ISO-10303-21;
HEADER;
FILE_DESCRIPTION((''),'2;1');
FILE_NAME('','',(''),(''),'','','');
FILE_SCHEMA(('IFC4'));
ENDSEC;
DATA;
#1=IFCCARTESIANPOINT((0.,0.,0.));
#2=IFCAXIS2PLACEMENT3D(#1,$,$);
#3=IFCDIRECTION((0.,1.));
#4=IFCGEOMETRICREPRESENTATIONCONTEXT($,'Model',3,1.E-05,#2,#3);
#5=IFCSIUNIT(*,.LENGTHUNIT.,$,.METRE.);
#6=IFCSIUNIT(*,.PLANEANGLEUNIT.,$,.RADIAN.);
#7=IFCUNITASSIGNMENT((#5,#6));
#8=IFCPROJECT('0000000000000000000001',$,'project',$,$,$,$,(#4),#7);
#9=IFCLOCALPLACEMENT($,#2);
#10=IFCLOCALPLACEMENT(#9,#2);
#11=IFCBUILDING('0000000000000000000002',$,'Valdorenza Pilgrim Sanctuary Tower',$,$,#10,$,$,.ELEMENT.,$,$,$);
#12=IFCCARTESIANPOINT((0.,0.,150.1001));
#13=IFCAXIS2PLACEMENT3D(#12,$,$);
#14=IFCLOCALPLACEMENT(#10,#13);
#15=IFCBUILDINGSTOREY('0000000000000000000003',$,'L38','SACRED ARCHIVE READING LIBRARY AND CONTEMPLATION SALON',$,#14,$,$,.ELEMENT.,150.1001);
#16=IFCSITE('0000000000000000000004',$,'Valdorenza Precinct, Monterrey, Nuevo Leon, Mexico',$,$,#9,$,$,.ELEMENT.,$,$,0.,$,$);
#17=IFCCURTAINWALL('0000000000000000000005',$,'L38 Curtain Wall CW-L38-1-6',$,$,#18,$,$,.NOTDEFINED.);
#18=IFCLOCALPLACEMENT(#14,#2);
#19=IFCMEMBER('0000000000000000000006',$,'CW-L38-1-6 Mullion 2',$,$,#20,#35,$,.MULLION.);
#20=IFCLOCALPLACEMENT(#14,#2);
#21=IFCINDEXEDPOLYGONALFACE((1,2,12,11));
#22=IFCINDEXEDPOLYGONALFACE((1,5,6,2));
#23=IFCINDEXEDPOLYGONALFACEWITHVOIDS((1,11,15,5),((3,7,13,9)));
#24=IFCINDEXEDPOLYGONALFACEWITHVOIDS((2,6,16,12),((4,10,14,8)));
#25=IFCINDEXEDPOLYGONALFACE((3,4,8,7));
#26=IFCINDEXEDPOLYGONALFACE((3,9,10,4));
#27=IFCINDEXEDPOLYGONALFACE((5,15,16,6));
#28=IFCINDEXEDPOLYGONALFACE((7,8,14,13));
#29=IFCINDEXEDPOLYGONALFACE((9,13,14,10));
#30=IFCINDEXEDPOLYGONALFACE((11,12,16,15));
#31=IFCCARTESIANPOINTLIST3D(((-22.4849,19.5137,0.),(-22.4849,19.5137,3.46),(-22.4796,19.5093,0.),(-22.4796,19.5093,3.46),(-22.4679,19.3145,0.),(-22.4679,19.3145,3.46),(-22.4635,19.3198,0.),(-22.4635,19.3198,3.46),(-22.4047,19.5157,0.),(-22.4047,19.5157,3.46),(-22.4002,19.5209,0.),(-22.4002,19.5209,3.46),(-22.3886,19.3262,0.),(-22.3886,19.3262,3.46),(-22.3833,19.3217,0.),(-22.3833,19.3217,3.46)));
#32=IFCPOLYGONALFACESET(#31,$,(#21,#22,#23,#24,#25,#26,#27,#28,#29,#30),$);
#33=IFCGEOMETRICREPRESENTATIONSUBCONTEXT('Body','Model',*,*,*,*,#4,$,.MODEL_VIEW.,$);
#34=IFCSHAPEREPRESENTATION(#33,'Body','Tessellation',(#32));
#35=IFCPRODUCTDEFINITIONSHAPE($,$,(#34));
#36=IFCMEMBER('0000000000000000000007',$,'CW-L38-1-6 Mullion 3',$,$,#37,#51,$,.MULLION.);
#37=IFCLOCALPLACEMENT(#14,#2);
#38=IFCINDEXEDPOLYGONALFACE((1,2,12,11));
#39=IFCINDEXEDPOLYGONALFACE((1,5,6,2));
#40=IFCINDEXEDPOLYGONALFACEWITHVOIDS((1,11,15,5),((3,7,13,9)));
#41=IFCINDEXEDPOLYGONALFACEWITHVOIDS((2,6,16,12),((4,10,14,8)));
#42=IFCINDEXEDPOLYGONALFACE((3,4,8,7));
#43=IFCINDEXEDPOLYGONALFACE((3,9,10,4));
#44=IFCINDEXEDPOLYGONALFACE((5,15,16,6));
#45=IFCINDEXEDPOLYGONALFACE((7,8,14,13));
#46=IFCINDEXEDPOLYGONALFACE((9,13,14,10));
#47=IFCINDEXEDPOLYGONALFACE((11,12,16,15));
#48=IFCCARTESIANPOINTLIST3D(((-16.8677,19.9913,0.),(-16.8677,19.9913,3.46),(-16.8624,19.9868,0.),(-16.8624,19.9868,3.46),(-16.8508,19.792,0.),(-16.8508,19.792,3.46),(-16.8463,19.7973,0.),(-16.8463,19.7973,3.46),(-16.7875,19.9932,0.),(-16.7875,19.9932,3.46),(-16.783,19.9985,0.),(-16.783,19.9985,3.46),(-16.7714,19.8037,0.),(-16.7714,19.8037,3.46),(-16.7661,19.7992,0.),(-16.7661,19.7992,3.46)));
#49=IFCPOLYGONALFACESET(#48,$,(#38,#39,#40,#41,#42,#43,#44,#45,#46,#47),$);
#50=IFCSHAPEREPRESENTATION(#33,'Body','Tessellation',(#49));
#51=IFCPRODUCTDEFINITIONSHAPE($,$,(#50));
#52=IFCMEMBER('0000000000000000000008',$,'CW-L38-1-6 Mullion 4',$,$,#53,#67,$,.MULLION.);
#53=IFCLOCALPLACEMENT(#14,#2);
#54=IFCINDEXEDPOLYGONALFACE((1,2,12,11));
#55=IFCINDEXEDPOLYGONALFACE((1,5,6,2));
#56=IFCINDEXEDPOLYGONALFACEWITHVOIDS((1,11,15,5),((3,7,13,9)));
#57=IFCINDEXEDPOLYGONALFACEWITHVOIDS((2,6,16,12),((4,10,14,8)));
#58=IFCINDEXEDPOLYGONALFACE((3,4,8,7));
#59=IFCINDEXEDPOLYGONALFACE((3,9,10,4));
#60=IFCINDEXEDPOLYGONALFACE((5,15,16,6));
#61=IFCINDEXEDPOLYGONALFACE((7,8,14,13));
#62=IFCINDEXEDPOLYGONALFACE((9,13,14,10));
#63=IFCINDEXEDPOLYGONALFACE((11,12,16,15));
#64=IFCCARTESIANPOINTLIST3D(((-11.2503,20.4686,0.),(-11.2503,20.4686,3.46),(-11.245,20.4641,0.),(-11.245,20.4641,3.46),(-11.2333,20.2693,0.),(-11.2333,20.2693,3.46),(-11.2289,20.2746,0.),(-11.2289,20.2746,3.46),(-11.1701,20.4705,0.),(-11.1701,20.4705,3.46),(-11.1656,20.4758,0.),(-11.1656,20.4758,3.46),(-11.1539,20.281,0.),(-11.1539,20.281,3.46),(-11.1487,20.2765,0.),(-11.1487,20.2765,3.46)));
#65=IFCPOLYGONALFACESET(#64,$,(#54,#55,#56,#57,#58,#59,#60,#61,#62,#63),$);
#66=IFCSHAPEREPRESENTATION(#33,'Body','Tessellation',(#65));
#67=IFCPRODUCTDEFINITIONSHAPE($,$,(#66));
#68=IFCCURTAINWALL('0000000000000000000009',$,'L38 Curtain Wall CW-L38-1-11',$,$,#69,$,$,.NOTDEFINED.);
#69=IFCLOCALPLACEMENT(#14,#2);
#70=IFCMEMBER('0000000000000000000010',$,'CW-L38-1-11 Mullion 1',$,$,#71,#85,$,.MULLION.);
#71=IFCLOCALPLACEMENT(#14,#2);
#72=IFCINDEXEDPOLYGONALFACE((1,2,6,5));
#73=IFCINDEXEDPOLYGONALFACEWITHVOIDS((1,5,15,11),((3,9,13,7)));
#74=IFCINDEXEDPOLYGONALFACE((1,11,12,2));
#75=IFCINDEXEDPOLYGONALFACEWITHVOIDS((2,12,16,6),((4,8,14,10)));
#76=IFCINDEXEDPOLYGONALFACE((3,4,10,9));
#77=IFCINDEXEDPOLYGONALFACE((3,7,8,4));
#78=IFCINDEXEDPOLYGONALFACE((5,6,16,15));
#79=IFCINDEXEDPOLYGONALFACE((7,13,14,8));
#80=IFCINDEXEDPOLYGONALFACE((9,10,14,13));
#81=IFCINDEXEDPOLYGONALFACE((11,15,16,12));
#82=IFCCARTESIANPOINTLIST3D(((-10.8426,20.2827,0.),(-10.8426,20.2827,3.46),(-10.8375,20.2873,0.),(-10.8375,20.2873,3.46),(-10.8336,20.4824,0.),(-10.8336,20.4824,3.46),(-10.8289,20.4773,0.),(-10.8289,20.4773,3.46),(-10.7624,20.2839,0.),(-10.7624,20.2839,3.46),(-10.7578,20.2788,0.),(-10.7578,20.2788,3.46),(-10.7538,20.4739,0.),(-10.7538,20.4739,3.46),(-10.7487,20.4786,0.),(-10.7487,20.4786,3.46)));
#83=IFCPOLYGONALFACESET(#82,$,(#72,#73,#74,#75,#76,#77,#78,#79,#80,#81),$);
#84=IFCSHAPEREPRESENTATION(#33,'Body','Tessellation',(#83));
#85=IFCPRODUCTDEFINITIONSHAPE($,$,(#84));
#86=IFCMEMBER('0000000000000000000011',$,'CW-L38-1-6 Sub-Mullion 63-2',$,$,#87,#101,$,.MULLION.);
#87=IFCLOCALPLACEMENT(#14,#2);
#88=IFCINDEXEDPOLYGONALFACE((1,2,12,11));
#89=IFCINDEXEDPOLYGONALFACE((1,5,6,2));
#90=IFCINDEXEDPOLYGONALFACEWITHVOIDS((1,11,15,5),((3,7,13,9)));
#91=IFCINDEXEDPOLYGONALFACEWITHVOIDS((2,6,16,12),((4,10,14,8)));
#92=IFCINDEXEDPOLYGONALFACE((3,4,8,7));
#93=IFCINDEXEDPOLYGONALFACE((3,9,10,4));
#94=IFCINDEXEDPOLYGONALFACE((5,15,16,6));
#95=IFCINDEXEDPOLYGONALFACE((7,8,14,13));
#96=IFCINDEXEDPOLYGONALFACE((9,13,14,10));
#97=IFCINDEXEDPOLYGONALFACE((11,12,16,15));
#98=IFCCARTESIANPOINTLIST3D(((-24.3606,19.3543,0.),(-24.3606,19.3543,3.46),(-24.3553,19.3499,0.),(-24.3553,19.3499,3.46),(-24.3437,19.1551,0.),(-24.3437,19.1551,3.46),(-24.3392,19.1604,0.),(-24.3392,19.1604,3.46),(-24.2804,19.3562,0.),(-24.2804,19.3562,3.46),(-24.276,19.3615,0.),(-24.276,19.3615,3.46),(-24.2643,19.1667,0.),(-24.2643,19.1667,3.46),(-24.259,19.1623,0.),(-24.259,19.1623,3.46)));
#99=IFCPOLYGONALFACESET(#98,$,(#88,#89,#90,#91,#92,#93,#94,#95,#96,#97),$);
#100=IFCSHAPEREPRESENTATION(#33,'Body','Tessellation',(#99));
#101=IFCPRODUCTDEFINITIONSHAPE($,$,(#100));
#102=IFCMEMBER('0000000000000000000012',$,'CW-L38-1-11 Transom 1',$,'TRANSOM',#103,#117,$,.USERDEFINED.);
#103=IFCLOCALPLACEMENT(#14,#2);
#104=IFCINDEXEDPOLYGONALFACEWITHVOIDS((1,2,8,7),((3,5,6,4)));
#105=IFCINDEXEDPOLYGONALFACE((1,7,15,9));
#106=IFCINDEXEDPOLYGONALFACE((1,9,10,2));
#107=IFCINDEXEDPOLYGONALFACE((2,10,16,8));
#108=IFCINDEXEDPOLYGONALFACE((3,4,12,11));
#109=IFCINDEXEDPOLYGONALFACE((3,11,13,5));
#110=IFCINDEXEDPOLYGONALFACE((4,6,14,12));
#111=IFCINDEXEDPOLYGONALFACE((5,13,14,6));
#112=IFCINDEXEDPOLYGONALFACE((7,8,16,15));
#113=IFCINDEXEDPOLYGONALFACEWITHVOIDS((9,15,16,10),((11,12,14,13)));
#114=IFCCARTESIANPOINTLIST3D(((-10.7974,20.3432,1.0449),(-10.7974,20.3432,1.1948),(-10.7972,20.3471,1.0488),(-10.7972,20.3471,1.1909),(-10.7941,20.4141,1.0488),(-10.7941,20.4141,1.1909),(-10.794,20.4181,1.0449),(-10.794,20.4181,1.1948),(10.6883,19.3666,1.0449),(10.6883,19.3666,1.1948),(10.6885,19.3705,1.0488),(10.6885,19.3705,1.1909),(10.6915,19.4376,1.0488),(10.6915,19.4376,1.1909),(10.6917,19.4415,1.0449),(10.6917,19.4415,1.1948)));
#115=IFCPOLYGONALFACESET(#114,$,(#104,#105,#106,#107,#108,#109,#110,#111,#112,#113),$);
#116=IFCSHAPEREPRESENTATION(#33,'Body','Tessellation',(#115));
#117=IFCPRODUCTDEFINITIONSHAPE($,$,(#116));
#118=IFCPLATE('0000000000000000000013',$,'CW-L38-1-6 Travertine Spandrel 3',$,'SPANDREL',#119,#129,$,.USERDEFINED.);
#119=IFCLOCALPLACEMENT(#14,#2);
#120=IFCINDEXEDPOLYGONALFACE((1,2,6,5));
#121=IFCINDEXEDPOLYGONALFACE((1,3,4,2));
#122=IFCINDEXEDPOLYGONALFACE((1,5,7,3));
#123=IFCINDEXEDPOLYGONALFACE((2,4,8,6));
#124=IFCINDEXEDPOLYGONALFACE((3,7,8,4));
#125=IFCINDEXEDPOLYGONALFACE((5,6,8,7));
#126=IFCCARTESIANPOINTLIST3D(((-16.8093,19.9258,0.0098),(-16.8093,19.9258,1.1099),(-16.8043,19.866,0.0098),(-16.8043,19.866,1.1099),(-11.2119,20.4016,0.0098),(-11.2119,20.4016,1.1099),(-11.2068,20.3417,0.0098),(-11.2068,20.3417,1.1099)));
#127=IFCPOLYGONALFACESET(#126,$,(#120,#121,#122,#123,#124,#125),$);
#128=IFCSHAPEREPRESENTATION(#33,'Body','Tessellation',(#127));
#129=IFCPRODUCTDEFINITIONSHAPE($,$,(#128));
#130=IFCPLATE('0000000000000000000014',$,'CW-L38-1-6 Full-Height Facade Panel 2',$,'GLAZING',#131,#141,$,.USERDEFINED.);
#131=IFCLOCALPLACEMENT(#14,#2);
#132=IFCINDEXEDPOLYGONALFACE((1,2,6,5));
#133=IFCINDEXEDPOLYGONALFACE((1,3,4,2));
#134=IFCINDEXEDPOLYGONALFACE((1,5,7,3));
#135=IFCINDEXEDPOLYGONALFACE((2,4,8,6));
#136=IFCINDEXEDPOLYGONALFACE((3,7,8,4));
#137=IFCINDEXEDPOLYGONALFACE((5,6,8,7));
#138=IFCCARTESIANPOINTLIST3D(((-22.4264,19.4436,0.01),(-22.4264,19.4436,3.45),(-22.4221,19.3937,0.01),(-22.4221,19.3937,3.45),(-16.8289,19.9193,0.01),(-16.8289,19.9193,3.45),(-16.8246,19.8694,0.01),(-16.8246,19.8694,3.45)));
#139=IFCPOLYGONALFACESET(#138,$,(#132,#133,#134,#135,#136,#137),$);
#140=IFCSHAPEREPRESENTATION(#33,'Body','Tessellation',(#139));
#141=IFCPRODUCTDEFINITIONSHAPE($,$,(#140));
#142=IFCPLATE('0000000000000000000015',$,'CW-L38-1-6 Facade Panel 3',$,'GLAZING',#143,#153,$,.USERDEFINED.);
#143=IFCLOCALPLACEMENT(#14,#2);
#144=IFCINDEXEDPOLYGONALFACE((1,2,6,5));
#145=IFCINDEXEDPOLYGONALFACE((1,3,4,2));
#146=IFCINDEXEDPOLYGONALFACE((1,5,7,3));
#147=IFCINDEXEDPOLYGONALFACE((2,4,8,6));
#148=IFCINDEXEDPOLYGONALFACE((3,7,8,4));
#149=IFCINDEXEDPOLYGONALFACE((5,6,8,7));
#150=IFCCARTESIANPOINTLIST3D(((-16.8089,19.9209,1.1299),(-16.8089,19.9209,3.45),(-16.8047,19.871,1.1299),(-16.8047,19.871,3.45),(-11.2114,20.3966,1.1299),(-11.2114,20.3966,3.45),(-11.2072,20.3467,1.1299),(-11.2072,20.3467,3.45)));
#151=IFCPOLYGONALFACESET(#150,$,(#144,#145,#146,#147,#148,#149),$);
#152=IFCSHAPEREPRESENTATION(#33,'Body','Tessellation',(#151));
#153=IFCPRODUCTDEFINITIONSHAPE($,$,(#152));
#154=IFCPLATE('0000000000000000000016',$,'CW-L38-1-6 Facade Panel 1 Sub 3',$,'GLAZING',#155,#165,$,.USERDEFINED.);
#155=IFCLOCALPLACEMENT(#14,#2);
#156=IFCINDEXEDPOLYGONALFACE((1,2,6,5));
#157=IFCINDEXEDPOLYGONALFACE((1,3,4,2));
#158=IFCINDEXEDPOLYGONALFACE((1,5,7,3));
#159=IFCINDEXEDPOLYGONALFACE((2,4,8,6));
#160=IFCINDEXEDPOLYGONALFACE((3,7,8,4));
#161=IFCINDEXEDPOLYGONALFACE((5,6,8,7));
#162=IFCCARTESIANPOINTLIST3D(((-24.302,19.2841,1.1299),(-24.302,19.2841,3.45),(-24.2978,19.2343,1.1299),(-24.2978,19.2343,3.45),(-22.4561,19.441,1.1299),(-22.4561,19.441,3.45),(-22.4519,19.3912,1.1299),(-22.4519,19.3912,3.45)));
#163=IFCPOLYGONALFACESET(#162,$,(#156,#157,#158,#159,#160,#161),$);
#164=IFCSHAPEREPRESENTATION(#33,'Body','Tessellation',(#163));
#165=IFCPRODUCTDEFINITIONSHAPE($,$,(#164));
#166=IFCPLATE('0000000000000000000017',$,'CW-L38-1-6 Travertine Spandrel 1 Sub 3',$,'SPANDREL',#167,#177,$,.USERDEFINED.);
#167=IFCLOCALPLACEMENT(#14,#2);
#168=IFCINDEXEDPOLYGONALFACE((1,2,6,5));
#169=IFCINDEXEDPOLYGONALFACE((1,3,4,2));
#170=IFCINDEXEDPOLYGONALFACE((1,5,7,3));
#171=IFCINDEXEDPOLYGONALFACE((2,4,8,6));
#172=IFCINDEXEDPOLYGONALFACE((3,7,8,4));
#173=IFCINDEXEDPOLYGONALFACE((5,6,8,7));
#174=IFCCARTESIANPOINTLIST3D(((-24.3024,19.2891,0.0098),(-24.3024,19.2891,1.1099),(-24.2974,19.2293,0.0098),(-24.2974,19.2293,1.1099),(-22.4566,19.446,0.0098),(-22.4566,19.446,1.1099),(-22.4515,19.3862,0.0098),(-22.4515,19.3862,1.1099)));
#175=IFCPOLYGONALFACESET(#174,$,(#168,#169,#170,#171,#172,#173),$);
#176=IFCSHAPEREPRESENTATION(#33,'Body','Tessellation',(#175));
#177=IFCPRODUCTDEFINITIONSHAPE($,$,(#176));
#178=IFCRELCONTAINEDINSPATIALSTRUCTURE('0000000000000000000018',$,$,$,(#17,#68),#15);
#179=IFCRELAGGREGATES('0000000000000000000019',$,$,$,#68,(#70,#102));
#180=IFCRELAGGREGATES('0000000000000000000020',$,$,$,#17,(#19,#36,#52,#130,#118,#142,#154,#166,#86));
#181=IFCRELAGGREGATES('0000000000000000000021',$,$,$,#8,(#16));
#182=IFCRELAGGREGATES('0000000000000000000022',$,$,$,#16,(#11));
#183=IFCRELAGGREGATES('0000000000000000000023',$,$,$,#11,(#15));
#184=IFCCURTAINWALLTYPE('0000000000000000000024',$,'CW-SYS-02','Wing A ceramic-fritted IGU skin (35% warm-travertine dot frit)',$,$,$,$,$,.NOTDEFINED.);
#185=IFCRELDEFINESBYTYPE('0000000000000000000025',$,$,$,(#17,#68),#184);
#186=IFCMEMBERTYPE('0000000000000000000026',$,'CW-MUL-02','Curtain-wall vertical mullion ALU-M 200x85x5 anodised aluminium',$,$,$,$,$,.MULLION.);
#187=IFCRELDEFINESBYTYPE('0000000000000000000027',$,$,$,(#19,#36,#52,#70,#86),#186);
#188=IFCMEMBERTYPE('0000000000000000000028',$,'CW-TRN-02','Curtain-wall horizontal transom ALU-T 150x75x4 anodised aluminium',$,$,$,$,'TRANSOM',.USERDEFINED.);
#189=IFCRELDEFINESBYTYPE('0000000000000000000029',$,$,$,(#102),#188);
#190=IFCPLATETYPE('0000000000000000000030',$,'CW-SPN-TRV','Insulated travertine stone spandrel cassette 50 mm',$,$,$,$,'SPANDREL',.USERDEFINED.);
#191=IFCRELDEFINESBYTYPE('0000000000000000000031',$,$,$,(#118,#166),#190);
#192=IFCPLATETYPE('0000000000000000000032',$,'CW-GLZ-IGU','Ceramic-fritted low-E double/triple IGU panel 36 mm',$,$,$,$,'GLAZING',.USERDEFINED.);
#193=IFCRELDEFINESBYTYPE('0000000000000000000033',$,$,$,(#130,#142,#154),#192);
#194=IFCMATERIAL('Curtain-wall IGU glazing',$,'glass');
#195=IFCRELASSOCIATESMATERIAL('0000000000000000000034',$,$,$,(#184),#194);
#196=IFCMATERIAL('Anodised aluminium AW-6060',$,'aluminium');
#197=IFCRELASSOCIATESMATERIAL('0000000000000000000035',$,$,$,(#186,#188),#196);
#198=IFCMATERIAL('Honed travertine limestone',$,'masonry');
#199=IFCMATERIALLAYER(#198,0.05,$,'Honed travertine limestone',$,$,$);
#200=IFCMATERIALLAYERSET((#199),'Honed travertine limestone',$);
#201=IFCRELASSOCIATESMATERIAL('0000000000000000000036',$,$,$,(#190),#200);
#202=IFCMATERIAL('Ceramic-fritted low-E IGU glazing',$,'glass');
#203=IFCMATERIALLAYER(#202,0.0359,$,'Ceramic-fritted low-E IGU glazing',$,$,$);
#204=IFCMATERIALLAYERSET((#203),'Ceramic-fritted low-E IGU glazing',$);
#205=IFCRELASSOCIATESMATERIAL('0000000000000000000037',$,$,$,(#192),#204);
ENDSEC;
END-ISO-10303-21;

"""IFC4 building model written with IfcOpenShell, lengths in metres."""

from ifc_helpers import new_model, si_unit, direction, frame, origin, origin_2d, place, context, subcontext, project, spatial, rectangle, hollow_rectangle, extrude, source, transform, mapped, material, layer, layer_set, material_profile, profile_set, type_object, element, aggregate, save


model = new_model("IFC4")

# Units and contexts
model_context = context("Model", 3, precision=1e-05, world=origin(), true_north=direction((0.0, 1.0)))
body_context = subcontext(model_context, "Body", "Model", "MODEL_VIEW")
ifc_project = project(units=[si_unit("LENGTHUNIT", "METRE"), si_unit("PLANEANGLEUNIT", "RADIAN")], contexts=[model_context])

# Site, building, storey
site_placement = place(None, origin())
site = spatial("IfcSite", under=ifc_project, at=site_placement, Name="Valdorenza Precinct, Monterrey, Nuevo Leon, Mexico", CompositionType="ELEMENT", RefElevation=0.0)
building_placement = place(site_placement, origin())
building = spatial("IfcBuilding", under=site, at=building_placement, Name="Valdorenza Pilgrim Sanctuary Tower", CompositionType="ELEMENT")
storey_placement = place(building_placement, frame((0.0, 0.0, 150.1001)))
storey = spatial("IfcBuildingStorey", under=building, at=storey_placement, Name="L38", Description="SACRED ARCHIVE READING LIBRARY AND CONTEMPLATION SALON", CompositionType="ELEMENT", Elevation=150.1001)

# Curtain wall, members
ifc_material_1 = material(Name="Curtain-wall IGU glazing", Category="glass")
curtain_wall_type = type_object("IfcCurtainWallType", Name="CW-SYS-02", Description="Wing A ceramic-fritted IGU skin (35% warm-travertine dot frit)", PredefinedType="NOTDEFINED", material=ifc_material_1)
curtain_wall_1_placement = place(storey_placement, origin())
curtain_wall_1 = element("IfcCurtainWall", 1, at=curtain_wall_1_placement, inside=storey, type_object=curtain_wall_type, Name="L38 Curtain Wall CW-L38-1-6", PredefinedType="NOTDEFINED")
ifc_material_2 = material(Name="Anodised aluminium AW-6060", Category="aluminium")
ifc_material_profile_1 = material_profile(ifc_material_2, hollow_rectangle(XDim=0.085, YDim=0.2, WallThickness=0.0049, at=origin_2d()), Name="ALU-M 200x85x5")
ifc_profile_set_1 = profile_set([ifc_material_profile_1], Name="Anodised aluminium AW-6060")
member_type_1 = type_object("IfcMemberType", Name="CW-MUL-02", Description="Curtain-wall vertical mullion ALU-M 200x85x5 anodised aluminium", PredefinedType="MULLION", material=ifc_profile_set_1)
shared_shape_1 = source(origin(), body_context, "Body", "SweptSolid", [
    extrude(hollow_rectangle(XDim=0.085, YDim=0.2, WallThickness=0.0049, at=origin_2d()), origin(), (0.0, 0.0, 1.0), 3.46),
])
member_1_placement = place(storey_placement, frame((-22.4341, 19.4177, 0.0), z_axis=(0.0, 0.0, 1.0), x_axis=(0.996408, 0.084687, 0.0)))
member_1 = element("IfcMember", 2, at=member_1_placement, type_object=member_type_1, Name="CW-L38-1-6 Mullion 2", PredefinedType="MULLION", context=body_context, shape_type="MappedRepresentation", body=[
    mapped(shared_shape_1, transform((0.0, 0.0, 0.0), x_axis=(1.0, 0.0, 0.0), y_axis=(0.0, 1.0, 0.0), z_axis=(0.0, 0.0, 1.0), scale=1.0)),
])
member_2_placement = place(storey_placement, frame((-16.8169, 19.8953, 0.0), z_axis=(0.0, 0.0, 1.0), x_axis=(0.996408, 0.084687, 0.0)))
member_2 = element("IfcMember", 3, at=member_2_placement, type_object=member_type_1, Name="CW-L38-1-6 Mullion 3", PredefinedType="MULLION", context=body_context, shape_type="MappedRepresentation", body=[
    mapped(shared_shape_1, transform((0.0, 0.0, 0.0), x_axis=(1.0, 0.0, 0.0), y_axis=(0.0, 1.0, 0.0), z_axis=(0.0, 0.0, 1.0), scale=1.0)),
])
member_3_placement = place(storey_placement, frame((-11.1995, 20.3726, 0.0), z_axis=(0.0, 0.0, 1.0), x_axis=(0.996408, 0.084687, 0.0)))
member_3 = element("IfcMember", 4, at=member_3_placement, type_object=member_type_1, Name="CW-L38-1-6 Mullion 4", PredefinedType="MULLION", context=body_context, shape_type="MappedRepresentation", body=[
    mapped(shared_shape_1, transform((0.0, 0.0, 0.0), x_axis=(1.0, 0.0, 0.0), y_axis=(0.0, 1.0, 0.0), z_axis=(0.0, 0.0, 1.0), scale=1.0)),
])

# Curtain wall, member
curtain_wall_2_placement = place(storey_placement, origin())
curtain_wall_2 = element("IfcCurtainWall", 5, at=curtain_wall_2_placement, inside=storey, type_object=curtain_wall_type, Name="L38 Curtain Wall CW-L38-1-11", PredefinedType="NOTDEFINED")
member_4_placement = place(storey_placement, frame((-10.7957, 20.3806, 0.0), z_axis=(0.0, 0.0, 1.0), x_axis=(0.998968, -0.045415, 0.0)))
member_4 = element("IfcMember", 6, at=member_4_placement, type_object=member_type_1, Name="CW-L38-1-11 Mullion 1", PredefinedType="MULLION", context=body_context, shape_type="MappedRepresentation", body=[
    mapped(shared_shape_1, transform((0.0, 0.0, 0.0), x_axis=(1.0, 0.0, 0.0), y_axis=(0.0, 1.0, 0.0), z_axis=(0.0, 0.0, 1.0), scale=1.0)),
])

# Members
member_5_placement = place(storey_placement, frame((-24.3098, 19.2583, 0.0), z_axis=(0.0, 0.0, 1.0), x_axis=(0.996408, 0.084687, 0.0)))
member_5 = element("IfcMember", 7, at=member_5_placement, type_object=member_type_1, Name="CW-L38-1-6 Sub-Mullion 63-2", PredefinedType="MULLION", context=body_context, shape_type="MappedRepresentation", body=[
    mapped(shared_shape_1, transform((0.0, 0.0, 0.0), x_axis=(1.0, 0.0, 0.0), y_axis=(0.0, 1.0, 0.0), z_axis=(0.0, 0.0, 1.0), scale=1.0)),
])
ifc_material_profile_2 = material_profile(ifc_material_2, hollow_rectangle(XDim=0.075, YDim=0.1499, WallThickness=0.0039, at=origin_2d()), Name="ALU-T 150x75x4")
ifc_profile_set_2 = profile_set([ifc_material_profile_2], Name="Anodised aluminium AW-6060")
member_type_2 = type_object("IfcMemberType", Name="CW-TRN-02", Description="Curtain-wall horizontal transom ALU-T 150x75x4 anodised aluminium", ElementType="TRANSOM", PredefinedType="USERDEFINED", material=ifc_profile_set_2)
shared_shape_2 = source(origin(), body_context, "Body", "SweptSolid", [
    extrude(hollow_rectangle(XDim=0.075, YDim=0.1499, WallThickness=0.0039, at=origin_2d()), origin(), (0.0, 0.0, 1.0), 21.5078),
])
member_6_placement = place(storey_placement, frame((-10.7957, 20.3806, 1.1199), z_axis=(0.998969, -0.045405, 0.0), x_axis=(0.045405, 0.998969, 0.0)))
member_6 = element("IfcMember", 8, at=member_6_placement, type_object=member_type_2, Name="CW-L38-1-11 Transom 1", ObjectType="TRANSOM", PredefinedType="USERDEFINED", context=body_context, shape_type="MappedRepresentation", body=[
    mapped(shared_shape_2, transform((0.0, 0.0, 0.0), x_axis=(1.0, 0.0, 0.0), y_axis=(0.0, 1.0, 0.0), z_axis=(0.0, 0.0, 1.0), scale=1.0)),
])
aggregate(curtain_wall_2, [member_4, member_6])

# Plates
ifc_material_3 = material(Name="Honed travertine limestone", Category="masonry")
ifc_layer_1 = layer(ifc_material_3, 0.05, Name="Honed travertine limestone")
ifc_layer_set_1 = layer_set([ifc_layer_1], Name="Honed travertine limestone")
plate_type_1 = type_object("IfcPlateType", Name="CW-SPN-TRV", Description="Insulated travertine stone spandrel cassette 50 mm", ElementType="SPANDREL", PredefinedType="USERDEFINED", material=ifc_layer_set_1)
shared_shape_3 = source(origin(), body_context, "Body", "SweptSolid", [
    extrude(rectangle(XDim=5.6177, YDim=0.0601, at=origin_2d()), origin(), (0.0, 0.0, 1.0), 1.1001),
])
plate_1_placement = place(storey_placement, frame((-14.0081, 20.1338, 0.0098), z_axis=(0.0, 0.0, 1.0), x_axis=(0.996408, 0.084687, 0.0)))
plate_1 = element("IfcPlate", 9, at=plate_1_placement, type_object=plate_type_1, Name="CW-L38-1-6 Travertine Spandrel 3", ObjectType="SPANDREL", PredefinedType="USERDEFINED", context=body_context, shape_type="MappedRepresentation", body=[
    mapped(shared_shape_3, transform((0.0, 0.0, 0.0), x_axis=(1.0, 0.0, 0.0), y_axis=(0.0, 1.0, 0.0), z_axis=(0.0, 0.0, 1.0), scale=1.0)),
])
ifc_material_4 = material(Name="Ceramic-fritted low-E IGU glazing", Category="glass")
ifc_layer_2 = layer(ifc_material_4, 0.0359, Name="Ceramic-fritted low-E IGU glazing")
ifc_layer_set_2 = layer_set([ifc_layer_2], Name="Ceramic-fritted low-E IGU glazing")
plate_type_2 = type_object("IfcPlateType", Name="CW-GLZ-IGU", Description="Ceramic-fritted low-E double/triple IGU panel 36 mm", ElementType="GLAZING", PredefinedType="USERDEFINED", material=ifc_layer_set_2)
shared_shape_4 = source(origin(), body_context, "Body", "SweptSolid", [
    extrude(rectangle(XDim=5.6177, YDim=0.05, at=origin_2d()), origin(), (0.0, 0.0, 1.0), 3.4399),
])
plate_2_placement = place(storey_placement, frame((-19.6255, 19.6565, 0.01), z_axis=(0.0, 0.0, 1.0), x_axis=(0.996408, 0.084687, 0.0)))
plate_2 = element("IfcPlate", 10, at=plate_2_placement, type_object=plate_type_2, Name="CW-L38-1-6 Full-Height Facade Panel 2", ObjectType="GLAZING", PredefinedType="USERDEFINED", context=body_context, shape_type="MappedRepresentation", body=[
    mapped(shared_shape_4, transform((0.0, 0.0, 0.0), x_axis=(1.0, 0.0, 0.0), y_axis=(0.0, 1.0, 0.0), z_axis=(0.0, 0.0, 1.0), scale=1.0)),
])
shared_shape_5 = source(origin(), body_context, "Body", "SweptSolid", [
    extrude(rectangle(XDim=5.6177, YDim=0.05, at=origin_2d()), origin(), (0.0, 0.0, 1.0), 2.3201),
])
plate_3_placement = place(storey_placement, frame((-14.0081, 20.1338, 1.1299), z_axis=(0.0, 0.0, 1.0), x_axis=(0.996408, 0.084687, 0.0)))
plate_3 = element("IfcPlate", 11, at=plate_3_placement, type_object=plate_type_2, Name="CW-L38-1-6 Facade Panel 3", ObjectType="GLAZING", PredefinedType="USERDEFINED", context=body_context, shape_type="MappedRepresentation", body=[
    mapped(shared_shape_5, transform((0.0, 0.0, 0.0), x_axis=(1.0, 0.0, 0.0), y_axis=(0.0, 1.0, 0.0), z_axis=(0.0, 0.0, 1.0), scale=1.0)),
])
shared_shape_6 = source(origin(), body_context, "Body", "SweptSolid", [
    extrude(rectangle(XDim=1.8525, YDim=0.05, at=origin_2d()), origin(), (0.0, 0.0, 1.0), 2.3201),
])
plate_4_placement = place(storey_placement, frame((-23.377, 19.3376, 1.1299), z_axis=(0.0, 0.0, 1.0), x_axis=(0.996408, 0.084687, 0.0)))
plate_4 = element("IfcPlate", 12, at=plate_4_placement, type_object=plate_type_2, Name="CW-L38-1-6 Facade Panel 1 Sub 3", ObjectType="GLAZING", PredefinedType="USERDEFINED", context=body_context, shape_type="MappedRepresentation", body=[
    mapped(shared_shape_6, transform((0.0, 0.0, 0.0), x_axis=(1.0, 0.0, 0.0), y_axis=(0.0, 1.0, 0.0), z_axis=(0.0, 0.0, 1.0), scale=1.0)),
])
shared_shape_7 = source(origin(), body_context, "Body", "SweptSolid", [
    extrude(rectangle(XDim=1.8525, YDim=0.0601, at=origin_2d()), origin(), (0.0, 0.0, 1.0), 1.1001),
])
plate_5_placement = place(storey_placement, frame((-23.377, 19.3376, 0.0098), z_axis=(0.0, 0.0, 1.0), x_axis=(0.996408, 0.084687, 0.0)))
plate_5 = element("IfcPlate", 13, at=plate_5_placement, type_object=plate_type_1, Name="CW-L38-1-6 Travertine Spandrel 1 Sub 3", ObjectType="SPANDREL", PredefinedType="USERDEFINED", context=body_context, shape_type="MappedRepresentation", body=[
    mapped(shared_shape_7, transform((0.0, 0.0, 0.0), x_axis=(1.0, 0.0, 0.0), y_axis=(0.0, 1.0, 0.0), z_axis=(0.0, 0.0, 1.0), scale=1.0)),
])
aggregate(curtain_wall_1, [member_1, member_2, member_3, plate_2, plate_1, plate_3, plate_4, plate_5, member_5])

save(model, "model.ifc")
